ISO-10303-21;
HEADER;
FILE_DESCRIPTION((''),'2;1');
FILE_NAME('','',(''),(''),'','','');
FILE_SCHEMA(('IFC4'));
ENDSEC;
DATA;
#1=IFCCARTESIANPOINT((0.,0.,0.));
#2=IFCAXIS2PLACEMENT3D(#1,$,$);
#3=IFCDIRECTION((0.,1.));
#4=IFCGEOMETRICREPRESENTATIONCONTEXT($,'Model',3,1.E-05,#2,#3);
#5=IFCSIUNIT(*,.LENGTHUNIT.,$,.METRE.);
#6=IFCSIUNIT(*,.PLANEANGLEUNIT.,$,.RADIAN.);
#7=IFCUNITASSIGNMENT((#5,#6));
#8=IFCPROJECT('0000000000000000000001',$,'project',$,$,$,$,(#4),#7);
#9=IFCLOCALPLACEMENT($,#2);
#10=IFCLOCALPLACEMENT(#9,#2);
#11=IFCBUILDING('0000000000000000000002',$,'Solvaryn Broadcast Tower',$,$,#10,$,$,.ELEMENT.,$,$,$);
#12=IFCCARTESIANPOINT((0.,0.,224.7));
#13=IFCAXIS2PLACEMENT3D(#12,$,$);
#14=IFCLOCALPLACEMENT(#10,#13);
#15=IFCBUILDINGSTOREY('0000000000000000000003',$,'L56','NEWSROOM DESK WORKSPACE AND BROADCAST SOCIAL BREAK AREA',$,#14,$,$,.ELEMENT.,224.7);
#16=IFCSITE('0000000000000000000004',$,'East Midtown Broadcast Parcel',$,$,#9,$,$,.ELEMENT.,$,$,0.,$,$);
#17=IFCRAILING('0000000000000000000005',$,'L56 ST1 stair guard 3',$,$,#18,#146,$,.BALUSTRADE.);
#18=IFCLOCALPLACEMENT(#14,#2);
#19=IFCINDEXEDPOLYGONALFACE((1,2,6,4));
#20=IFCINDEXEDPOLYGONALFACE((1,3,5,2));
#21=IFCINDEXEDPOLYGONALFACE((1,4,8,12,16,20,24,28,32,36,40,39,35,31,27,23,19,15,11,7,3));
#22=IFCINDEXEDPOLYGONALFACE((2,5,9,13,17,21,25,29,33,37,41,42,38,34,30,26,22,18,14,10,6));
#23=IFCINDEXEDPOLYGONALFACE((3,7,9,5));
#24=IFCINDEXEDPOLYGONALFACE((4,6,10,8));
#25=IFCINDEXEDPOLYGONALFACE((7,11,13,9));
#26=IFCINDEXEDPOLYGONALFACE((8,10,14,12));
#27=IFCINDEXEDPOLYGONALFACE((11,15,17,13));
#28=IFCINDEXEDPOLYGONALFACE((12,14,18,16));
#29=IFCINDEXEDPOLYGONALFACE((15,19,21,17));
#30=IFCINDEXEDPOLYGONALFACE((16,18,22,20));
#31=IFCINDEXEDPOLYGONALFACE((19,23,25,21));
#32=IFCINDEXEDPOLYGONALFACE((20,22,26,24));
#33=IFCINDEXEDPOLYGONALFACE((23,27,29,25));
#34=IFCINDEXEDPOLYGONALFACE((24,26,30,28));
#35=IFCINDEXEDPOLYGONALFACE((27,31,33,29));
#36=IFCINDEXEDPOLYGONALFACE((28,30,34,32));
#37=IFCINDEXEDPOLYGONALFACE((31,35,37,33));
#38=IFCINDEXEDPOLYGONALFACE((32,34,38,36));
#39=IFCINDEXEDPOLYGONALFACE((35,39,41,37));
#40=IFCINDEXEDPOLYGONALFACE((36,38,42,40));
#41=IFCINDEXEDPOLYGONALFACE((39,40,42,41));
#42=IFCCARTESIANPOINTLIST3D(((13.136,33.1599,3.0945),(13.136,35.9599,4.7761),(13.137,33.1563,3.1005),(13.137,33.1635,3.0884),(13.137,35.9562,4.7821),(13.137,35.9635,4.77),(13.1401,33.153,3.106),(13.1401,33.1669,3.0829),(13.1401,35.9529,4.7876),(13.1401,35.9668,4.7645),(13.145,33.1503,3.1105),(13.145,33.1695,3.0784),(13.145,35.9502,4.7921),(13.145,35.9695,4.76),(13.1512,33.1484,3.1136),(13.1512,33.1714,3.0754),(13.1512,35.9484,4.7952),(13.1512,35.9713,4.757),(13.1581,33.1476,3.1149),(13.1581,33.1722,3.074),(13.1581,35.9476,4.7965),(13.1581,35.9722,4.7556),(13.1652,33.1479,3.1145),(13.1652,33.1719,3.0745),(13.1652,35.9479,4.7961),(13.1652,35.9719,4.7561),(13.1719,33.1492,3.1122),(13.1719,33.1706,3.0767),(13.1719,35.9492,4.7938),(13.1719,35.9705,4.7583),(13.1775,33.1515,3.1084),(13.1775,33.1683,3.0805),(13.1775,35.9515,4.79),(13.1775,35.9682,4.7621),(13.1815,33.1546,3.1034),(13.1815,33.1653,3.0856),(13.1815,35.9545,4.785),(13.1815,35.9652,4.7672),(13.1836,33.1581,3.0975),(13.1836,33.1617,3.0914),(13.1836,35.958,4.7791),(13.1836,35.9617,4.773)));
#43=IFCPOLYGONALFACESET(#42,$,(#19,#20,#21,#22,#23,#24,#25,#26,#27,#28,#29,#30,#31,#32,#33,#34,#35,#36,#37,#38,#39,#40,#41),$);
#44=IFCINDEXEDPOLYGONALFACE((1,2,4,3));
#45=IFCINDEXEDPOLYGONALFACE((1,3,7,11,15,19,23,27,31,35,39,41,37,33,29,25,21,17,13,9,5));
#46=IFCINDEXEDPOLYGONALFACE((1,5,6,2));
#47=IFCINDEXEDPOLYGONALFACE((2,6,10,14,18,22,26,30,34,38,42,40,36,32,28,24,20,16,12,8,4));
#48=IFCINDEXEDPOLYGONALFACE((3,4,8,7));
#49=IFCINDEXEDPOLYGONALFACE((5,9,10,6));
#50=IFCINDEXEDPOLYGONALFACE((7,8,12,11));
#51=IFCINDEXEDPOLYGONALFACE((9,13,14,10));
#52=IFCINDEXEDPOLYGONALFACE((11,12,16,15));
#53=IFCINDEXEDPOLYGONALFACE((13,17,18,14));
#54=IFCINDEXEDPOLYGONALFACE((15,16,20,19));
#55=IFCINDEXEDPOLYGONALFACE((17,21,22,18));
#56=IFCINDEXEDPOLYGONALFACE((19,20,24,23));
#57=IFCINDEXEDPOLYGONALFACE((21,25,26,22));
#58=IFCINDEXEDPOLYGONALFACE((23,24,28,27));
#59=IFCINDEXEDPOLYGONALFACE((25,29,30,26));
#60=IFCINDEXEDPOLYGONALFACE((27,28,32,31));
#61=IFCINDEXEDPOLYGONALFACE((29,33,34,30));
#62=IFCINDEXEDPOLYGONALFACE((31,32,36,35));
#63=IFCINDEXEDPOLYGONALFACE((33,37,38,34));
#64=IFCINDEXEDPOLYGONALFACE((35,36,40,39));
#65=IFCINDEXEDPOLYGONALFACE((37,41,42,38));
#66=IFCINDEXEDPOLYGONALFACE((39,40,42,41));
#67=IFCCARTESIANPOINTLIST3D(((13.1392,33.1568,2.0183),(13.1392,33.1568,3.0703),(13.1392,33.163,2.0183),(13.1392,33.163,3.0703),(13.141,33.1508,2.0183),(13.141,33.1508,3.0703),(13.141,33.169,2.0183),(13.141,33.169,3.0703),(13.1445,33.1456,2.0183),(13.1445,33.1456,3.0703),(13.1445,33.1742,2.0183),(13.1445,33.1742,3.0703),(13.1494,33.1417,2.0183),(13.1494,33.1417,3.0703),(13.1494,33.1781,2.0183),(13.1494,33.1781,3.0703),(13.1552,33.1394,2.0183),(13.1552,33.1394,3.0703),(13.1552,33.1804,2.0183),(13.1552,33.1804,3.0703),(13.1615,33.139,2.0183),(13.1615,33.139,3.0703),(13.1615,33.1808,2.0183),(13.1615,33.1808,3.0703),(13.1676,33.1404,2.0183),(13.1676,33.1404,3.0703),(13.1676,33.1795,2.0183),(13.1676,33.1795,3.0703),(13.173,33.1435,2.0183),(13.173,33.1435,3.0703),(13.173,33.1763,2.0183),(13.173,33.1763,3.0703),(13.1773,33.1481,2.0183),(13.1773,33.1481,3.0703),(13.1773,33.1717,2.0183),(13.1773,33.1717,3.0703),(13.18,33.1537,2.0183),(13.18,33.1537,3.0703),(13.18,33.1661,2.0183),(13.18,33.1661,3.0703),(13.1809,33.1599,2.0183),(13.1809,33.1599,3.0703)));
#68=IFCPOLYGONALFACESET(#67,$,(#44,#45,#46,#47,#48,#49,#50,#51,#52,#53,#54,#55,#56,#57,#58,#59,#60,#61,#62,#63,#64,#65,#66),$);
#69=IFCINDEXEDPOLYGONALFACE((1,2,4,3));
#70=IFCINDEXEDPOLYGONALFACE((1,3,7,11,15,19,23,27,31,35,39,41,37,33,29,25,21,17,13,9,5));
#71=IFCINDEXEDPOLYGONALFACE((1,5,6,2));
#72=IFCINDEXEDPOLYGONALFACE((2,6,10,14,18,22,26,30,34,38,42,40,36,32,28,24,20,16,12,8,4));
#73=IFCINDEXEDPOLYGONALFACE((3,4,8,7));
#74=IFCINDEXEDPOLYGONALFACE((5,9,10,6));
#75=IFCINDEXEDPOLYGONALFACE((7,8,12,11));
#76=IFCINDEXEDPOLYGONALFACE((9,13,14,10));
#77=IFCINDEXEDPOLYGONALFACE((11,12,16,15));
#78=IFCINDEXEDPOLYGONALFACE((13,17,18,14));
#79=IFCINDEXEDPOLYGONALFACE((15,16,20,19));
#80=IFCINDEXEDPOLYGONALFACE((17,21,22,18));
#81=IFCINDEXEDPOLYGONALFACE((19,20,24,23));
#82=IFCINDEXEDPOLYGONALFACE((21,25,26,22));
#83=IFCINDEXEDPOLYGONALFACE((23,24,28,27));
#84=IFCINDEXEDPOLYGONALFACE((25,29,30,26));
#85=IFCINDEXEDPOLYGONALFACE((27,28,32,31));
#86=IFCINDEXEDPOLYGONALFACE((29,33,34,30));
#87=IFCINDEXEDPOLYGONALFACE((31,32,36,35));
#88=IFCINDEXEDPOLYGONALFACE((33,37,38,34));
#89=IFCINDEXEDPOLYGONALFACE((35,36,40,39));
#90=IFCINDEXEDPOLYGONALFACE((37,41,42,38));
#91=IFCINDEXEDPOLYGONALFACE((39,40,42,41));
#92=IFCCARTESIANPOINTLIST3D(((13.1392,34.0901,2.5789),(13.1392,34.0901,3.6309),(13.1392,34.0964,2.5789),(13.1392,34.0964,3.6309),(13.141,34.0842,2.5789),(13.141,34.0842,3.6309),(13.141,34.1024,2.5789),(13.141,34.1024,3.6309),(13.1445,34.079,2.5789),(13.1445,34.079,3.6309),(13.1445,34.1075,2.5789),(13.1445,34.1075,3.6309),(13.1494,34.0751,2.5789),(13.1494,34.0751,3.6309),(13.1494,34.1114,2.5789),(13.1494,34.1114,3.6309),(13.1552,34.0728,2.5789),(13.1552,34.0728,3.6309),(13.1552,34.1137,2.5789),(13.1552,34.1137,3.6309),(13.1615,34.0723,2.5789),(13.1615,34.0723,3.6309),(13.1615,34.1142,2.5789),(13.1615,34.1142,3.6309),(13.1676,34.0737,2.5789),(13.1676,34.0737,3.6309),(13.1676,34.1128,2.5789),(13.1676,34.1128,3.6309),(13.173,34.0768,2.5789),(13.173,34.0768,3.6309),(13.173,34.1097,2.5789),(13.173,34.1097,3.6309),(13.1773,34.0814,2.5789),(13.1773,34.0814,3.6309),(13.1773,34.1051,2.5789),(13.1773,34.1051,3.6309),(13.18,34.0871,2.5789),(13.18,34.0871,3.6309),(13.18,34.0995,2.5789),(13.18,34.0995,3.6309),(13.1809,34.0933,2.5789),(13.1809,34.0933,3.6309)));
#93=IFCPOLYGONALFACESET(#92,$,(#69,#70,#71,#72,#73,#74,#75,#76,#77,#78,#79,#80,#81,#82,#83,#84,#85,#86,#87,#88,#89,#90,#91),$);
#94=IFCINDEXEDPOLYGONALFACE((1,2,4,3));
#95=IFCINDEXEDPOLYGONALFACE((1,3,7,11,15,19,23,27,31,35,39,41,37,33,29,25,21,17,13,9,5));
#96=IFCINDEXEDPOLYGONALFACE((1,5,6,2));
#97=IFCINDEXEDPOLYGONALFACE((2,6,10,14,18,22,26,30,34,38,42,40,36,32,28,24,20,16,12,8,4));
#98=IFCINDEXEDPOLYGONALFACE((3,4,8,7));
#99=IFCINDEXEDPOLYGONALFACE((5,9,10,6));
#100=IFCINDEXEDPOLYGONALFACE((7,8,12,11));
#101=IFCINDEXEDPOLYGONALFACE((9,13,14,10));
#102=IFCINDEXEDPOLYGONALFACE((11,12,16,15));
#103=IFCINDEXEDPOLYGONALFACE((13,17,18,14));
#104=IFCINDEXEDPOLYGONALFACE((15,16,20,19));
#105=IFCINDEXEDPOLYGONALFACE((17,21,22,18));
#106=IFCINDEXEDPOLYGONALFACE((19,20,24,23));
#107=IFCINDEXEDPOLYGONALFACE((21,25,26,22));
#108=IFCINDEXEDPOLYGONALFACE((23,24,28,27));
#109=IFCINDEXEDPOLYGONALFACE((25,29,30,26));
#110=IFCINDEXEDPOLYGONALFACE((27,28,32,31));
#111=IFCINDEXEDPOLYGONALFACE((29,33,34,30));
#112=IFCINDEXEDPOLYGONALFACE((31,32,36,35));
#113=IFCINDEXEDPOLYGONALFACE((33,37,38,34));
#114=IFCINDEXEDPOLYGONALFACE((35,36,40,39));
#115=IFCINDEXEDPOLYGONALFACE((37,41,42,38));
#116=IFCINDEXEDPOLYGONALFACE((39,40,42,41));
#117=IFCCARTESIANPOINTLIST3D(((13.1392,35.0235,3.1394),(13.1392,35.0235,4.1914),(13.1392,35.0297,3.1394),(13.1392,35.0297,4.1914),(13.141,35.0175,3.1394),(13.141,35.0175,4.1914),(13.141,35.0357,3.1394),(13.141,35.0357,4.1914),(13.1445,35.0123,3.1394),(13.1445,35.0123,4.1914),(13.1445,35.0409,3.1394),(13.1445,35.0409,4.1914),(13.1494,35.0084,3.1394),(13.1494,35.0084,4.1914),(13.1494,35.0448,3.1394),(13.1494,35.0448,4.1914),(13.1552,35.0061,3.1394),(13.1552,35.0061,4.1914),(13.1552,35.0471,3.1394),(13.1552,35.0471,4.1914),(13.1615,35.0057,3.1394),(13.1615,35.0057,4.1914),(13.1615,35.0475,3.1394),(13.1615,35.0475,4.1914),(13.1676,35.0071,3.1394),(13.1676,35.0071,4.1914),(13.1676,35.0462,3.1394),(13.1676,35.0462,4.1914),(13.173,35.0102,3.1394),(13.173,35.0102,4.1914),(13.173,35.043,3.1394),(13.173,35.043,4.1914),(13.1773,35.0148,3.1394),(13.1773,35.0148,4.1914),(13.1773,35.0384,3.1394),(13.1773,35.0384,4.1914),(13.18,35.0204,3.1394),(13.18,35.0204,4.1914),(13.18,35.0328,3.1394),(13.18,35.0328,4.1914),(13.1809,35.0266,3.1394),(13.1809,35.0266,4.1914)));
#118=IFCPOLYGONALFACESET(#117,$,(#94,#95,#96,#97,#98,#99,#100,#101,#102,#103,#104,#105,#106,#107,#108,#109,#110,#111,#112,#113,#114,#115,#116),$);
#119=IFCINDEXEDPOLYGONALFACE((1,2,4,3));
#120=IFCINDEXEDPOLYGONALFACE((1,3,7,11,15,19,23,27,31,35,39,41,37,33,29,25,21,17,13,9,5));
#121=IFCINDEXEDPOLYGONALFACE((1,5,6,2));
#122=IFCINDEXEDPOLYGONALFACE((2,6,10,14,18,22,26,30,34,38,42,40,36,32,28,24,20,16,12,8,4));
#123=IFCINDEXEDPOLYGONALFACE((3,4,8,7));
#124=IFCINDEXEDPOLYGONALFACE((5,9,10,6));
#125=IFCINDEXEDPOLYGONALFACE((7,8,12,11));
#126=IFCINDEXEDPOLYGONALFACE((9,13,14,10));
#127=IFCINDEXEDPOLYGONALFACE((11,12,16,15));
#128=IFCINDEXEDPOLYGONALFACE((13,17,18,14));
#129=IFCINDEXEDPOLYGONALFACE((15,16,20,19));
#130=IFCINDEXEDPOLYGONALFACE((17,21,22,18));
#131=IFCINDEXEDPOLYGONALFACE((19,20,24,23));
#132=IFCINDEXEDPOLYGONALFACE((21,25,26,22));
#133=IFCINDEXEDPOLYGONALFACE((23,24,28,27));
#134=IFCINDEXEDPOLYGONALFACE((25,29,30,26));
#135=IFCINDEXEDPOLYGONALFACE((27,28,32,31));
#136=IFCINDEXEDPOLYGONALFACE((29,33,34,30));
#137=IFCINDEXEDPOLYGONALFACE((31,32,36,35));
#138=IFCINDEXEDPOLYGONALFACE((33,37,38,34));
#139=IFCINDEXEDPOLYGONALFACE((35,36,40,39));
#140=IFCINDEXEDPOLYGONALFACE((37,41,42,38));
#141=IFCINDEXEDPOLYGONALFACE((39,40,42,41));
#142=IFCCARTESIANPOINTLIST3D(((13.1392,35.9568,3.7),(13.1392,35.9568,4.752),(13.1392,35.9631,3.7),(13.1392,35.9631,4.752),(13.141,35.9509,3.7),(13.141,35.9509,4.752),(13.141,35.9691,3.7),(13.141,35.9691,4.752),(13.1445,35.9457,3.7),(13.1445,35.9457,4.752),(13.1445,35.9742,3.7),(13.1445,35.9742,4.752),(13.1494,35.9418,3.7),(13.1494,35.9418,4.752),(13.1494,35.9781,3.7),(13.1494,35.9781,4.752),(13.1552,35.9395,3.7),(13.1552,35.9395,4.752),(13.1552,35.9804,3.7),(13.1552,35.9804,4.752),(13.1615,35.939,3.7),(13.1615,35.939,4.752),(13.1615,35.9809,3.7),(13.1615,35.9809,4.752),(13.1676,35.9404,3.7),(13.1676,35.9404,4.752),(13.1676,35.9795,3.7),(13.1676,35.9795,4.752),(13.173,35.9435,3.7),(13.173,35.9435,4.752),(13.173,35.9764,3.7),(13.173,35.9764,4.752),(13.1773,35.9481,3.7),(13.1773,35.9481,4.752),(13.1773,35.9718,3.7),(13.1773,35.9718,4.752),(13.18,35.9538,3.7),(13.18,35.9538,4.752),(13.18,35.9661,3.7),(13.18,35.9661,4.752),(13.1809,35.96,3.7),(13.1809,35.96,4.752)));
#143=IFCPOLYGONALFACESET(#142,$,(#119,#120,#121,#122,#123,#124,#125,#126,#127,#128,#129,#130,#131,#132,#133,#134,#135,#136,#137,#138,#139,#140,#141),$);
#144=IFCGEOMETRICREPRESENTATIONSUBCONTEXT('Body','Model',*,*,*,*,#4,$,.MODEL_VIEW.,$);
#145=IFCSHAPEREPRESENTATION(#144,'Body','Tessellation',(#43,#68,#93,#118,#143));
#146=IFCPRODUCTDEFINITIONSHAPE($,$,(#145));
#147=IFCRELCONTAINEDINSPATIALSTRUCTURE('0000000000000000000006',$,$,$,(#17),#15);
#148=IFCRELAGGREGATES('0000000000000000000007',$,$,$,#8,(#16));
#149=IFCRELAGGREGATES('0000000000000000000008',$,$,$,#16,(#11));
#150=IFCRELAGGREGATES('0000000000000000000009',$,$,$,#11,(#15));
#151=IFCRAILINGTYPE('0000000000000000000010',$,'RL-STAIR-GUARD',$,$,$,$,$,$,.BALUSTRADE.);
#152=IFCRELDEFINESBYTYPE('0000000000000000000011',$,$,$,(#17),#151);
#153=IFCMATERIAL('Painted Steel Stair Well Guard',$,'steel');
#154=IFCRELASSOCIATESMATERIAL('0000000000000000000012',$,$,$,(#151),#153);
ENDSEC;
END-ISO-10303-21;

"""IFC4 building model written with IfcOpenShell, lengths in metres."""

from ifc_helpers import new_model, si_unit, direction, frame, origin, origin_2d, place, context, subcontext, project, spatial, circle, extrude, material, type_object, element, save


model = new_model("IFC4")

# Units and contexts
model_context = context("Model", 3, precision=1e-05, world=origin(), true_north=direction((0.0, 1.0)))
body_context = subcontext(model_context, "Body", "Model", "MODEL_VIEW")
ifc_project = project(units=[si_unit("LENGTHUNIT", "METRE"), si_unit("PLANEANGLEUNIT", "RADIAN")], contexts=[model_context])

# Site, building, storey
site_placement = place(None, origin())
site = spatial("IfcSite", under=ifc_project, at=site_placement, Name="East Midtown Broadcast Parcel", CompositionType="ELEMENT", RefElevation=0.0)
building_placement = place(site_placement, origin())
building = spatial("IfcBuilding", under=site, at=building_placement, Name="Solvaryn Broadcast Tower", CompositionType="ELEMENT")
storey_placement = place(building_placement, frame((0.0, 0.0, 224.7)))
storey = spatial("IfcBuildingStorey", under=building, at=storey_placement, Name="L56", Description="NEWSROOM DESK WORKSPACE AND BROADCAST SOCIAL BREAK AREA", CompositionType="ELEMENT", Elevation=224.7)

# Railing
ifc_material_1 = material(Name="Painted Steel Stair Well Guard", Category="steel")
railing_type_1 = type_object("IfcRailingType", Name="RL-STAIR-GUARD", PredefinedType="BALUSTRADE", material=ifc_material_1)
railing_1_placement = place(storey_placement, frame((13.1599, 33.1599, 2.0183)))
element("IfcRailing", 1, at=railing_1_placement, inside=storey, type_object=railing_type_1, Name="L56 ST1 stair guard 3", PredefinedType="BALUSTRADE", context=body_context, shape_type="SweptSolid", body=[
    extrude(circle(Radius=0.0239, at=origin_2d()), frame((0.0, 0.0, 1.0762), z_axis=(0.0, 0.857275, 0.514858), x_axis=(-1.0, 0.0, 0.0)), (0.0, 0.0, 1.0), 3.2661),
    extrude(circle(Radius=0.021, at=origin_2d()), origin(), (0.0, 0.0, 1.0), 1.052),
    extrude(circle(Radius=0.021, at=origin_2d()), frame((0.0, 0.9333, 0.5605)), (0.0, 0.0, 1.0), 1.052),
    extrude(circle(Radius=0.021, at=origin_2d()), frame((0.0, 1.8667, 1.1211)), (0.0, 0.0, 1.0), 1.052),
    extrude(circle(Radius=0.021, at=origin_2d()), frame((0.0, 2.8, 1.6816)), (0.0, 0.0, 1.0), 1.052),
])

save(model, "model.ifc")
